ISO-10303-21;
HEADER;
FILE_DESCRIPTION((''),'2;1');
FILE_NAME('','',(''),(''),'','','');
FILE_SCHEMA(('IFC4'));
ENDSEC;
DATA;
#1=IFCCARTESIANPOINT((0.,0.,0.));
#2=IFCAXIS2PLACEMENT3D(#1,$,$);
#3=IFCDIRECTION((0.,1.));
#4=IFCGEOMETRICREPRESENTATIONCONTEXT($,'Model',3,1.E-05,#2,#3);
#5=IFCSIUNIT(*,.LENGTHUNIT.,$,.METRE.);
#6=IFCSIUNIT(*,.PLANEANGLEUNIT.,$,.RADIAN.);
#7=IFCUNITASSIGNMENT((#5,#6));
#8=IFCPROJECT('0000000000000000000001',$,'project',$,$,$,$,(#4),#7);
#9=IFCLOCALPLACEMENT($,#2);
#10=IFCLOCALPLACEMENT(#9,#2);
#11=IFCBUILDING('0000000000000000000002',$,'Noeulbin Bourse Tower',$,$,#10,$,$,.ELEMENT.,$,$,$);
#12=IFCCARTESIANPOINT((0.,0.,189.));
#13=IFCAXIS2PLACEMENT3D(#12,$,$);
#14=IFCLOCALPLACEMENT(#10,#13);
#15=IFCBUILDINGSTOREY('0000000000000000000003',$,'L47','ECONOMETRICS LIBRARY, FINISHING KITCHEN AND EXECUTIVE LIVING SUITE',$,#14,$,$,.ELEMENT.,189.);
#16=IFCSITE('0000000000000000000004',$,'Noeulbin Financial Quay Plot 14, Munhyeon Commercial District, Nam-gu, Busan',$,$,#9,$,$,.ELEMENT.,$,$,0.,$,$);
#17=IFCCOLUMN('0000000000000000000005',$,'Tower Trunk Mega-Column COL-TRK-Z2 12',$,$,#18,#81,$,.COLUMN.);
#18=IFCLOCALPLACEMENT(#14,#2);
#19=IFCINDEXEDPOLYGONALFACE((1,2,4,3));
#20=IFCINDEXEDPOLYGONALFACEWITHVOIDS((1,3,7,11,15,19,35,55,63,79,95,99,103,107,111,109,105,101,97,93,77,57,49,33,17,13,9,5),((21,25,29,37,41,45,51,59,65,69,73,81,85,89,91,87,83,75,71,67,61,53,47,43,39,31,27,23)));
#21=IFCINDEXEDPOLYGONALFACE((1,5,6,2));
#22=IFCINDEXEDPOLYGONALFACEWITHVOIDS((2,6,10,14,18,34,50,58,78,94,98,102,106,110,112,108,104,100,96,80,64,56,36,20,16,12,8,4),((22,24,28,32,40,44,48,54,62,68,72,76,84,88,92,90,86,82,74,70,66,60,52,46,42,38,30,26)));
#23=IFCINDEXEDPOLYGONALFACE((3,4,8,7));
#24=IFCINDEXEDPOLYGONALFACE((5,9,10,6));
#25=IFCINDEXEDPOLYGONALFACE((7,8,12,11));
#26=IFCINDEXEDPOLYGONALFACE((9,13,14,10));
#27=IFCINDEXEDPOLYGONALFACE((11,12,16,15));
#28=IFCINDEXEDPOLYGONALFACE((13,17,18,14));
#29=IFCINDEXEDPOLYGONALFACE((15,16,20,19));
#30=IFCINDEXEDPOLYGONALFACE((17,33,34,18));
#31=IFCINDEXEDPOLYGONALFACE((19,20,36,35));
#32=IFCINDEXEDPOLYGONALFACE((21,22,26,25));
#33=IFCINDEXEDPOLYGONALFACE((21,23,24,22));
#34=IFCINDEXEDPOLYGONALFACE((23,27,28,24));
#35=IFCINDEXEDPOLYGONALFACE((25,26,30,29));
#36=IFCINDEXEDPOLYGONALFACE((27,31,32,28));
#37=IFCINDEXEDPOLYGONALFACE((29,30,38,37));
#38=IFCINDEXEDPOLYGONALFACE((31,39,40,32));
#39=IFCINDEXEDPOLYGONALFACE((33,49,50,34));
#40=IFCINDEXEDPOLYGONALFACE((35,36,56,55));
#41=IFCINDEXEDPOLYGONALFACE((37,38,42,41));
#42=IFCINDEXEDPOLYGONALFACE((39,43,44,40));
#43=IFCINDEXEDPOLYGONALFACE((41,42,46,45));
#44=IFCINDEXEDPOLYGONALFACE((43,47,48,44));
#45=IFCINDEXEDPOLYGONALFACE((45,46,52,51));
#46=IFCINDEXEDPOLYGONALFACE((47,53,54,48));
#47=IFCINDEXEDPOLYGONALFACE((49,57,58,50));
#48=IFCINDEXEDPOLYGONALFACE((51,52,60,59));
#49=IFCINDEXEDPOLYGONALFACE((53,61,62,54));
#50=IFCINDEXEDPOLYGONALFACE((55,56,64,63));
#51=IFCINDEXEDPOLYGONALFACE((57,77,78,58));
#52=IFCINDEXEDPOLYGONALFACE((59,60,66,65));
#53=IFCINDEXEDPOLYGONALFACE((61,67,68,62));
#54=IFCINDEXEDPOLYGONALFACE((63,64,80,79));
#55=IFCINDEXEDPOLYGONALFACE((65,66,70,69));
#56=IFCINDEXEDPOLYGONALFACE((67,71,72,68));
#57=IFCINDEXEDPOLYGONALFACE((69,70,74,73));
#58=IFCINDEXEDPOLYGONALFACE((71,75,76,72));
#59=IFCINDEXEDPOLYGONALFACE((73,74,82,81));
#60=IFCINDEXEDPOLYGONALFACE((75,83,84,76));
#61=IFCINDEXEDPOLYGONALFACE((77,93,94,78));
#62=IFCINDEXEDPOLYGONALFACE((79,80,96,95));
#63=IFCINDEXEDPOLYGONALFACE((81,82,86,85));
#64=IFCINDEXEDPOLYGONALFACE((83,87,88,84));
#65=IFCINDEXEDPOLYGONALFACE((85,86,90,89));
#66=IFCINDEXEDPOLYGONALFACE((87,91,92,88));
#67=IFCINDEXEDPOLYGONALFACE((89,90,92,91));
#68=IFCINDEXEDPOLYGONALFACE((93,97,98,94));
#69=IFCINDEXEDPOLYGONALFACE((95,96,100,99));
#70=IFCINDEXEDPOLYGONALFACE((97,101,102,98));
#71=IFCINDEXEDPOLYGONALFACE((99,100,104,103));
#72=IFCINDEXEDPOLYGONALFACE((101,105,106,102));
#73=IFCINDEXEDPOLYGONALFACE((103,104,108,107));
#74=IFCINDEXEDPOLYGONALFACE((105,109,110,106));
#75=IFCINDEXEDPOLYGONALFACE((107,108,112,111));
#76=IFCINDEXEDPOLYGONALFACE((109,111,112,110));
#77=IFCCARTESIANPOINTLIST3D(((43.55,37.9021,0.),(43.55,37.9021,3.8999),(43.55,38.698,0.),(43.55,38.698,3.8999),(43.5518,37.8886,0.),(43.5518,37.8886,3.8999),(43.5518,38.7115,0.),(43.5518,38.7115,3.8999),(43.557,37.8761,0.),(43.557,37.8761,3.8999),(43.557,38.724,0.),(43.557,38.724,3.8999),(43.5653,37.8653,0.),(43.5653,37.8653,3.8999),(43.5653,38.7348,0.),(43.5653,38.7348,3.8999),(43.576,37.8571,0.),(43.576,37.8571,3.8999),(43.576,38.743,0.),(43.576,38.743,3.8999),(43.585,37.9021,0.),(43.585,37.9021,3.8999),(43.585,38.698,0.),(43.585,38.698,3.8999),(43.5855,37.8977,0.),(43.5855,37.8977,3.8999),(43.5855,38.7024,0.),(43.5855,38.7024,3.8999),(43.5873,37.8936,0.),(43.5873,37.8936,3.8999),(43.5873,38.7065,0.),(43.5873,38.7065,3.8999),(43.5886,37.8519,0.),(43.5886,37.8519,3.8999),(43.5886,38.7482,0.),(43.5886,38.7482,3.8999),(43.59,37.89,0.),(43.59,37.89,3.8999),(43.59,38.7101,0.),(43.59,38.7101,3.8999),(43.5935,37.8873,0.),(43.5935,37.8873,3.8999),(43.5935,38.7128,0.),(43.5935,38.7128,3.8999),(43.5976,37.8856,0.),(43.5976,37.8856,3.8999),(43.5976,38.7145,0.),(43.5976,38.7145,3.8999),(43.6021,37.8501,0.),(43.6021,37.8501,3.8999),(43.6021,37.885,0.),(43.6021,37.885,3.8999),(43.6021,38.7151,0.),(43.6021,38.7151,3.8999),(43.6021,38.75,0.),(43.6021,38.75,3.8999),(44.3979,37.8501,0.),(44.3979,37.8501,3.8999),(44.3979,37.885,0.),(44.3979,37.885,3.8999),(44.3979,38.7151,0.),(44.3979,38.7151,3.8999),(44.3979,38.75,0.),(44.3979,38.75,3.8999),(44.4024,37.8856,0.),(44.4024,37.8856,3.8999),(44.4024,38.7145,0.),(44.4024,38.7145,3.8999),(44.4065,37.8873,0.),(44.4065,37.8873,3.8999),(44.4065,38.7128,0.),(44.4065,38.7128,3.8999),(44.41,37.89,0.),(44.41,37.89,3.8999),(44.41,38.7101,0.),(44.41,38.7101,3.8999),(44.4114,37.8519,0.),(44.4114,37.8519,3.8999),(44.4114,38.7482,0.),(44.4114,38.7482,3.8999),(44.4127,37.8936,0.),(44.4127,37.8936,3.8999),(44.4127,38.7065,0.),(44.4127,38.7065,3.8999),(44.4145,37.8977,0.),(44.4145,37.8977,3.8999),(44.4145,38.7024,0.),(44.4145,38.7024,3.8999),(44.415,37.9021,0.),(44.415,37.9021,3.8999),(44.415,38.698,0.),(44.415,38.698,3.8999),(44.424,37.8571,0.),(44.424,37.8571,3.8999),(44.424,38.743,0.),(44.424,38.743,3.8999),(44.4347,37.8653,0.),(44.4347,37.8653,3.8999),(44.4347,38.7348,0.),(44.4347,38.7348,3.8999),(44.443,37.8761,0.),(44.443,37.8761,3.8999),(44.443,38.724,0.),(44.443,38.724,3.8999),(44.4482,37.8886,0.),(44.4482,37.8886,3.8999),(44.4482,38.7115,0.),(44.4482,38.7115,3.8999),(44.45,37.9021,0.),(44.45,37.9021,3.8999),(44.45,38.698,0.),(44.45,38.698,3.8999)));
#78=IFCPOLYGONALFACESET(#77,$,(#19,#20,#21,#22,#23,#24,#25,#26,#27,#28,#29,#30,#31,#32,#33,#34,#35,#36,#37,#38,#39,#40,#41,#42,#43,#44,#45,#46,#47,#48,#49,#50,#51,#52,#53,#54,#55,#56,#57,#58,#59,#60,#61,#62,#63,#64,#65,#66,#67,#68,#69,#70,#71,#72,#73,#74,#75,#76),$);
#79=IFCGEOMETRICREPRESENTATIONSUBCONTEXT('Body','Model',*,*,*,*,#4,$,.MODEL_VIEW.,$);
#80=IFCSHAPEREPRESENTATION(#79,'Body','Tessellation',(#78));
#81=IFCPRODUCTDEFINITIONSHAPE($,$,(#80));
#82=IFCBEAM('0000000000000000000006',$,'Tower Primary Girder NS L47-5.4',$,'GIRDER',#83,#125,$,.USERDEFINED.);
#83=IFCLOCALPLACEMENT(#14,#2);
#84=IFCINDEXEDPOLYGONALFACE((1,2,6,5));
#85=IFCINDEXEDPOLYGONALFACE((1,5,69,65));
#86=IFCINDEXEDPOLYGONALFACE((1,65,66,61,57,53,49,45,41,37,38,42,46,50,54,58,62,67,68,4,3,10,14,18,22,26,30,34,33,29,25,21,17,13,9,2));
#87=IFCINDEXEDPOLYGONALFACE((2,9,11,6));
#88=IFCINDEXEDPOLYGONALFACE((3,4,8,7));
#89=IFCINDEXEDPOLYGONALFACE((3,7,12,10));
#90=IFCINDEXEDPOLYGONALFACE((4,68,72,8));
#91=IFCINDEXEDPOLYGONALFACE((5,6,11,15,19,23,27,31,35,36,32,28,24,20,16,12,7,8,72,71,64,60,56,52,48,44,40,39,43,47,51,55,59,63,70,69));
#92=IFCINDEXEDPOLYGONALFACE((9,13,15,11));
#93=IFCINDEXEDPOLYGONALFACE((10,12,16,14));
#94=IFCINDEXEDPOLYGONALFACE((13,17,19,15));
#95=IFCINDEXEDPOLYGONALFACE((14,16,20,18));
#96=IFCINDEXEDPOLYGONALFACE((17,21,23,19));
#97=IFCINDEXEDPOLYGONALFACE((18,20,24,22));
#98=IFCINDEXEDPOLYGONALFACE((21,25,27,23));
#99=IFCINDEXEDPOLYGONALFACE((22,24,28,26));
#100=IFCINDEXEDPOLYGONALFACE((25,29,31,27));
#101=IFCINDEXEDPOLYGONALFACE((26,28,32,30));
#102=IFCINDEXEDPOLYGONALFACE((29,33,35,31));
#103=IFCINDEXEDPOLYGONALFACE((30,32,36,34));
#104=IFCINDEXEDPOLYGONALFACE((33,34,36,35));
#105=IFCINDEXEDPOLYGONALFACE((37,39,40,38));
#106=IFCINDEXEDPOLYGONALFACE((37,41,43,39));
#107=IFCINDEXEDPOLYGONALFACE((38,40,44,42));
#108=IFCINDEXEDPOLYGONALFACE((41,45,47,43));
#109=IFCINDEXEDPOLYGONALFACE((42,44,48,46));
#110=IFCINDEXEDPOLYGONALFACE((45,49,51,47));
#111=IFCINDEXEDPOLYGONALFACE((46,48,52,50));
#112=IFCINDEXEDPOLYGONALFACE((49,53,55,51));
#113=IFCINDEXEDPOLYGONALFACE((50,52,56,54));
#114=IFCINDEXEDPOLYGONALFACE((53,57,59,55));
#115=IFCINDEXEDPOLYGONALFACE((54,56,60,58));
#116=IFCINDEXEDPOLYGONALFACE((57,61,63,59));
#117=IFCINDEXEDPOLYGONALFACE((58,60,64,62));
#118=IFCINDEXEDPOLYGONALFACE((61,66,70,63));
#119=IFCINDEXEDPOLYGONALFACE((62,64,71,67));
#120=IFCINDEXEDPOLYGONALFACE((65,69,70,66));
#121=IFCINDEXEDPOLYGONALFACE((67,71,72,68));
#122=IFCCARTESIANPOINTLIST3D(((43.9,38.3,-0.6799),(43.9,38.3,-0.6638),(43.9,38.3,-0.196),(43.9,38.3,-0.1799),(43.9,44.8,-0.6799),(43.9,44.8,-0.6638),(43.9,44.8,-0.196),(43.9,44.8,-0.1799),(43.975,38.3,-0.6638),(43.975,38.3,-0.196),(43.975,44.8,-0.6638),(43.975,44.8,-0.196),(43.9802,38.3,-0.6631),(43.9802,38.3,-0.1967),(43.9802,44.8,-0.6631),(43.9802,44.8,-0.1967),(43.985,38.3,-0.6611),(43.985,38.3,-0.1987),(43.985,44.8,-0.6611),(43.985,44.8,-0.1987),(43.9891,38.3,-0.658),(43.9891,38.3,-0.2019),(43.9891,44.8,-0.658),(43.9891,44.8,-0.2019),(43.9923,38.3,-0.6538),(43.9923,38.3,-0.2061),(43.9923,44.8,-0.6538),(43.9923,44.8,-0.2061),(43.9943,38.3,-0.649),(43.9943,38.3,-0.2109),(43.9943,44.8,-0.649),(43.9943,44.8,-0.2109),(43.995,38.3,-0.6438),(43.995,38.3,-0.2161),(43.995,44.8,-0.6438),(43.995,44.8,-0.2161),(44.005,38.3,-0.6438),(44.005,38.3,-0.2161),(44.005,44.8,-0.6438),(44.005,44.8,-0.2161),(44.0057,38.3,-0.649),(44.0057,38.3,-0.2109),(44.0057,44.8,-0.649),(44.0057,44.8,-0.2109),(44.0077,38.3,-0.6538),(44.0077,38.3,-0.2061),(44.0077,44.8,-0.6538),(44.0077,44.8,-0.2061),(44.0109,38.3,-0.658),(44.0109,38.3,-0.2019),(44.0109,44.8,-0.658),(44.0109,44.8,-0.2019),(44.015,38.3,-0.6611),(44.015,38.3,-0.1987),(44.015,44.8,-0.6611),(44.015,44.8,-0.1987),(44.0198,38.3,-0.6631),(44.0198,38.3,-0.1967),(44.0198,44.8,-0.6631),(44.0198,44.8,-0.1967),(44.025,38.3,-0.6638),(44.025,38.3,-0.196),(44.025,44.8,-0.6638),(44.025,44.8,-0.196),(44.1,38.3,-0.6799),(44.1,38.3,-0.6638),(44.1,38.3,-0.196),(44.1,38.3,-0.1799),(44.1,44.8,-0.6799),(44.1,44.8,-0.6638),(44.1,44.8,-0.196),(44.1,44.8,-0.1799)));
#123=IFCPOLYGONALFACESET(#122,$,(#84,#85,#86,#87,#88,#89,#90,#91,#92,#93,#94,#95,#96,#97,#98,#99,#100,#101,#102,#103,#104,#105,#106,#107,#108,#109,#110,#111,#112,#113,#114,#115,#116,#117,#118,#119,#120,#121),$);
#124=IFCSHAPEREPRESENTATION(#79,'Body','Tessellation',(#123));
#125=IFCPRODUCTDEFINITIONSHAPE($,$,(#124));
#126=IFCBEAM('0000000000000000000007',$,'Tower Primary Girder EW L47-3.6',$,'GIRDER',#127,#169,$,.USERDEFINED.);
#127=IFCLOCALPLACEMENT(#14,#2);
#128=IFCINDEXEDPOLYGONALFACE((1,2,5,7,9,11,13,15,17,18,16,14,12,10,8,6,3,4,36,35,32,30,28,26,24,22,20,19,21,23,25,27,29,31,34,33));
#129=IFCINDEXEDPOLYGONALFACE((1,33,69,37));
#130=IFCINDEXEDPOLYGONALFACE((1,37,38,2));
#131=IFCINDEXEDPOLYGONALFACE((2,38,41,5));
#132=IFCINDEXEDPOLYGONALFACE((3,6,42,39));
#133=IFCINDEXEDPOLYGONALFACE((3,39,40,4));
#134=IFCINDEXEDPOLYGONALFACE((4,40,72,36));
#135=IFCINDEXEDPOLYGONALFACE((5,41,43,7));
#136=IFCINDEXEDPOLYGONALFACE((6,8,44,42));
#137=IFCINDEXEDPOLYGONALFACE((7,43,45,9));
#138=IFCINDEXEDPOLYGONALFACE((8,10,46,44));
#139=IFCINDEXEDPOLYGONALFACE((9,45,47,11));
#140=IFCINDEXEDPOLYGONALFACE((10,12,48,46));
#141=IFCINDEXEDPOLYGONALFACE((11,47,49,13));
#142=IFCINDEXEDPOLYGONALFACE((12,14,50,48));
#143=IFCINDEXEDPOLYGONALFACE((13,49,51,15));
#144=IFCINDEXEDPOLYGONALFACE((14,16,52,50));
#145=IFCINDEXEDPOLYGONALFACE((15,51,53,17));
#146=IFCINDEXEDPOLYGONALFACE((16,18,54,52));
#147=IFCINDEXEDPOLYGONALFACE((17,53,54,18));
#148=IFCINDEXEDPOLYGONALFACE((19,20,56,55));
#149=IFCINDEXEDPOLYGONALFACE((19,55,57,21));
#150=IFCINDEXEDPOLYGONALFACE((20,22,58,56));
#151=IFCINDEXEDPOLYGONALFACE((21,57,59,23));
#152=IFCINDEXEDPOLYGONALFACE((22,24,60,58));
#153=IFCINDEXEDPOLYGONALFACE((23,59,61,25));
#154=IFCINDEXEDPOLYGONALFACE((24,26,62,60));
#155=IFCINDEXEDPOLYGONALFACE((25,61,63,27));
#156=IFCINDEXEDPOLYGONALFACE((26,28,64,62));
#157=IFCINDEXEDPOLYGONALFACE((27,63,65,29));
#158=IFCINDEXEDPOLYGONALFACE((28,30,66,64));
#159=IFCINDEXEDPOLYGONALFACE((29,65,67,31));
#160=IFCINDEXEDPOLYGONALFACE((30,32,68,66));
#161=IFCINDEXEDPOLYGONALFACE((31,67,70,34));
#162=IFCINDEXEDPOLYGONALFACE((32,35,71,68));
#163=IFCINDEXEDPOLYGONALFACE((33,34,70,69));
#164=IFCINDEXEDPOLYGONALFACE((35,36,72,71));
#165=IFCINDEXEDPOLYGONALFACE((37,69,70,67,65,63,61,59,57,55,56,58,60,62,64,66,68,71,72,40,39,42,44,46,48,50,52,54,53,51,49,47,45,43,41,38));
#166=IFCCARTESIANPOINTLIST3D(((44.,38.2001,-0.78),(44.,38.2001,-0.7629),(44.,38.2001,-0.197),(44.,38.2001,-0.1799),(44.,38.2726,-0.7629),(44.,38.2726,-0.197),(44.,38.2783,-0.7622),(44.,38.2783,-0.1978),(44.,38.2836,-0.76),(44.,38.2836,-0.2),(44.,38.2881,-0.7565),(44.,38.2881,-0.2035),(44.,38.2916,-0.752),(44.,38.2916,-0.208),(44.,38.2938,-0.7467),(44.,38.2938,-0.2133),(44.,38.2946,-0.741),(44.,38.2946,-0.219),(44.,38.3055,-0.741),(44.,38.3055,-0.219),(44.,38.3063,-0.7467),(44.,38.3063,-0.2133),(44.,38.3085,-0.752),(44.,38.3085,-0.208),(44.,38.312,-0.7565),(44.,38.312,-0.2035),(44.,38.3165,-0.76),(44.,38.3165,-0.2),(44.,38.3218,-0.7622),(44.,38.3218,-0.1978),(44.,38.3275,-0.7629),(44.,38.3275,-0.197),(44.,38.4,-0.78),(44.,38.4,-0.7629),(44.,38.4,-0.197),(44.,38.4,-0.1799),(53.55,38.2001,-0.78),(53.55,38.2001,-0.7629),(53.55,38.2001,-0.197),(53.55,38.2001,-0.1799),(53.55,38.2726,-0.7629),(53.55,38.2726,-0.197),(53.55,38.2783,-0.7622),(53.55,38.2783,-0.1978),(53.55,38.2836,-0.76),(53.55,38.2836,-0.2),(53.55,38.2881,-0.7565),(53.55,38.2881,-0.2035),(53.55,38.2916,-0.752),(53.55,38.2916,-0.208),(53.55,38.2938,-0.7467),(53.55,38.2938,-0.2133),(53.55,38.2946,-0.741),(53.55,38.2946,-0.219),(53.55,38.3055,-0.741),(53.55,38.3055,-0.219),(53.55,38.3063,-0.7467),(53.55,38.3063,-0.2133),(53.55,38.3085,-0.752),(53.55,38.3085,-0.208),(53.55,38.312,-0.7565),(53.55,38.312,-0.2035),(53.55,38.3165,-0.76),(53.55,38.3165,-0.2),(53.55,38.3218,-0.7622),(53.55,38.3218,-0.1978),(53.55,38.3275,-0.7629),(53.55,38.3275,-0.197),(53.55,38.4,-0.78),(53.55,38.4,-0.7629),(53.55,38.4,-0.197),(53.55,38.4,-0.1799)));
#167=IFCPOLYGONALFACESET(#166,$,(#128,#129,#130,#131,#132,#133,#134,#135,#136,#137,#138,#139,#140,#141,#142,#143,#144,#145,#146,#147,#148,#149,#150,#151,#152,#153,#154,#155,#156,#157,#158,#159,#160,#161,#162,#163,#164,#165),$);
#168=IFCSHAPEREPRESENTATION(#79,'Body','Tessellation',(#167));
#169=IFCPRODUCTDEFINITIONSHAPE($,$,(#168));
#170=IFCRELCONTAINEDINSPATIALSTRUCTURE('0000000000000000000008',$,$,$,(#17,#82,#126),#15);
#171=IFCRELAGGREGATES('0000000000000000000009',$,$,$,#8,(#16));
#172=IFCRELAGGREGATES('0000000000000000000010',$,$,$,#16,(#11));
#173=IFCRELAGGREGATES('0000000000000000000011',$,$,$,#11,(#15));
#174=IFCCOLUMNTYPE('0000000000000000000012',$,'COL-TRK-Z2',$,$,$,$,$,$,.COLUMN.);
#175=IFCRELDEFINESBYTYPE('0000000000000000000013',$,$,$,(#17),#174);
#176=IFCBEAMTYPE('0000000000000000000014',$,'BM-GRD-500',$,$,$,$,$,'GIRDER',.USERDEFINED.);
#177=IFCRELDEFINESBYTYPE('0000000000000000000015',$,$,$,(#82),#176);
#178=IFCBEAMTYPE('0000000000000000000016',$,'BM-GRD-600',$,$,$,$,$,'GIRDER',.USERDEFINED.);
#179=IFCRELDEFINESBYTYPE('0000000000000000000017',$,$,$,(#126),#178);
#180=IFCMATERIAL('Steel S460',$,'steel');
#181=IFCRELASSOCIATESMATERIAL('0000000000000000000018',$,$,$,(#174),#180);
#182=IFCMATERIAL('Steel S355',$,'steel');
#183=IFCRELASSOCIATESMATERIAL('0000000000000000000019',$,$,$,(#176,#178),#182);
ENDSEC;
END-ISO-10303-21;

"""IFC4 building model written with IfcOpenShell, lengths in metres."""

from ifc_helpers import new_model, si_unit, direction, frame, origin, origin_2d, place, context, subcontext, project, spatial, hollow_rectangle, i_section, extrude, material, material_profile, profile_set, type_object, element, save


model = new_model("IFC4")

# Units and contexts
model_context = context("Model", 3, precision=1e-05, world=origin(), true_north=direction((0.0, 1.0)))
body_context = subcontext(model_context, "Body", "Model", "MODEL_VIEW")
ifc_project = project(units=[si_unit("LENGTHUNIT", "METRE"), si_unit("PLANEANGLEUNIT", "RADIAN")], contexts=[model_context])

# Site, building, storey
site_placement = place(None, origin())
site = spatial("IfcSite", under=ifc_project, at=site_placement, Name="Noeulbin Financial Quay Plot 14, Munhyeon Commercial District, Nam-gu, Busan", CompositionType="ELEMENT", RefElevation=0.0)
building_placement = place(site_placement, origin())
building = spatial("IfcBuilding", under=site, at=building_placement, Name="Noeulbin Bourse Tower", CompositionType="ELEMENT")
storey_placement = place(building_placement, frame((0.0, 0.0, 189.0)))
storey = spatial("IfcBuildingStorey", under=building, at=storey_placement, Name="L47", Description="ECONOMETRICS LIBRARY, FINISHING KITCHEN AND EXECUTIVE LIVING SUITE", CompositionType="ELEMENT", Elevation=189.0)

# Column
ifc_material_1 = material(Name="Steel S460", Category="steel")
ifc_material_profile_1 = material_profile(ifc_material_1, hollow_rectangle(XDim=0.8999, YDim=0.8999, WallThickness=0.0349, InnerFilletRadius=0.0171, OuterFilletRadius=0.052, at=origin_2d()), Name="BOX-900x900x35", Category="LoadBearing")
ifc_profile_set_1 = profile_set([ifc_material_profile_1], Name="Steel S460")
column_type = type_object("IfcColumnType", Name="COL-TRK-Z2", PredefinedType="COLUMN", material=ifc_profile_set_1)
column_placement = place(storey_placement, frame((44.0, 38.3, 0.0), z_axis=(0.0, 0.0, 1.0), x_axis=(1.0, 0.0, 0.0)))
element("IfcColumn", 1, at=column_placement, inside=storey, type_object=column_type, Name="Tower Trunk Mega-Column COL-TRK-Z2 12", PredefinedType="COLUMN", context=body_context, shape_type="SweptSolid", body=[
    extrude(hollow_rectangle(XDim=0.8999, YDim=0.8999, WallThickness=0.0349, InnerFilletRadius=0.0171, OuterFilletRadius=0.052, at=origin_2d()), origin(), (0.0, 0.0, 1.0), 3.8999),
])

# Beams
ifc_material_2 = material(Name="Steel S355", Category="steel")
ifc_material_profile_2 = material_profile(ifc_material_2, i_section(OverallWidth=0.2, OverallDepth=0.5, WebThickness=0.01, FlangeThickness=0.0161, FilletRadius=0.02, at=origin_2d()), Name="H-500x200x10x16", Category="LoadBearing")
ifc_profile_set_2 = profile_set([ifc_material_profile_2], Name="Steel S355")
beam_type_1 = type_object("IfcBeamType", Name="BM-GRD-500", ElementType="GIRDER", PredefinedType="USERDEFINED", material=ifc_profile_set_2)
beam_1_placement = place(storey_placement, frame((44.0, 38.3, -0.4299), z_axis=(0.0, 1.0, 0.0), x_axis=(-1.0, 0.0, 0.0)))
element("IfcBeam", 2, at=beam_1_placement, inside=storey, type_object=beam_type_1, Name="Tower Primary Girder NS L47-5.4", ObjectType="GIRDER", PredefinedType="USERDEFINED", context=body_context, shape_type="SweptSolid", body=[
    extrude(i_section(OverallWidth=0.2, OverallDepth=0.5, WebThickness=0.01, FlangeThickness=0.0161, FilletRadius=0.02, at=origin_2d()), origin(), (0.0, 0.0, 1.0), 6.5),
])
ifc_material_profile_3 = material_profile(ifc_material_2, i_section(OverallWidth=0.2, OverallDepth=0.6001, WebThickness=0.011, FlangeThickness=0.0171, FilletRadius=0.022, at=origin_2d()), Name="H-600x200x11x17", Category="LoadBearing")
ifc_profile_set_3 = profile_set([ifc_material_profile_3], Name="Steel S355")
beam_type_2 = type_object("IfcBeamType", Name="BM-GRD-600", ElementType="GIRDER", PredefinedType="USERDEFINED", material=ifc_profile_set_3)
beam_2_placement = place(storey_placement, frame((44.0, 38.3, -0.48), z_axis=(1.0, 0.0, 0.0), x_axis=(0.0, 1.0, 0.0)))
element("IfcBeam", 3, at=beam_2_placement, inside=storey, type_object=beam_type_2, Name="Tower Primary Girder EW L47-3.6", ObjectType="GIRDER", PredefinedType="USERDEFINED", context=body_context, shape_type="SweptSolid", body=[
    extrude(i_section(OverallWidth=0.2, OverallDepth=0.6001, WebThickness=0.011, FlangeThickness=0.0171, FilletRadius=0.022, at=origin_2d()), origin(), (0.0, 0.0, 1.0), 9.55),
])

save(model, "model.ifc")
